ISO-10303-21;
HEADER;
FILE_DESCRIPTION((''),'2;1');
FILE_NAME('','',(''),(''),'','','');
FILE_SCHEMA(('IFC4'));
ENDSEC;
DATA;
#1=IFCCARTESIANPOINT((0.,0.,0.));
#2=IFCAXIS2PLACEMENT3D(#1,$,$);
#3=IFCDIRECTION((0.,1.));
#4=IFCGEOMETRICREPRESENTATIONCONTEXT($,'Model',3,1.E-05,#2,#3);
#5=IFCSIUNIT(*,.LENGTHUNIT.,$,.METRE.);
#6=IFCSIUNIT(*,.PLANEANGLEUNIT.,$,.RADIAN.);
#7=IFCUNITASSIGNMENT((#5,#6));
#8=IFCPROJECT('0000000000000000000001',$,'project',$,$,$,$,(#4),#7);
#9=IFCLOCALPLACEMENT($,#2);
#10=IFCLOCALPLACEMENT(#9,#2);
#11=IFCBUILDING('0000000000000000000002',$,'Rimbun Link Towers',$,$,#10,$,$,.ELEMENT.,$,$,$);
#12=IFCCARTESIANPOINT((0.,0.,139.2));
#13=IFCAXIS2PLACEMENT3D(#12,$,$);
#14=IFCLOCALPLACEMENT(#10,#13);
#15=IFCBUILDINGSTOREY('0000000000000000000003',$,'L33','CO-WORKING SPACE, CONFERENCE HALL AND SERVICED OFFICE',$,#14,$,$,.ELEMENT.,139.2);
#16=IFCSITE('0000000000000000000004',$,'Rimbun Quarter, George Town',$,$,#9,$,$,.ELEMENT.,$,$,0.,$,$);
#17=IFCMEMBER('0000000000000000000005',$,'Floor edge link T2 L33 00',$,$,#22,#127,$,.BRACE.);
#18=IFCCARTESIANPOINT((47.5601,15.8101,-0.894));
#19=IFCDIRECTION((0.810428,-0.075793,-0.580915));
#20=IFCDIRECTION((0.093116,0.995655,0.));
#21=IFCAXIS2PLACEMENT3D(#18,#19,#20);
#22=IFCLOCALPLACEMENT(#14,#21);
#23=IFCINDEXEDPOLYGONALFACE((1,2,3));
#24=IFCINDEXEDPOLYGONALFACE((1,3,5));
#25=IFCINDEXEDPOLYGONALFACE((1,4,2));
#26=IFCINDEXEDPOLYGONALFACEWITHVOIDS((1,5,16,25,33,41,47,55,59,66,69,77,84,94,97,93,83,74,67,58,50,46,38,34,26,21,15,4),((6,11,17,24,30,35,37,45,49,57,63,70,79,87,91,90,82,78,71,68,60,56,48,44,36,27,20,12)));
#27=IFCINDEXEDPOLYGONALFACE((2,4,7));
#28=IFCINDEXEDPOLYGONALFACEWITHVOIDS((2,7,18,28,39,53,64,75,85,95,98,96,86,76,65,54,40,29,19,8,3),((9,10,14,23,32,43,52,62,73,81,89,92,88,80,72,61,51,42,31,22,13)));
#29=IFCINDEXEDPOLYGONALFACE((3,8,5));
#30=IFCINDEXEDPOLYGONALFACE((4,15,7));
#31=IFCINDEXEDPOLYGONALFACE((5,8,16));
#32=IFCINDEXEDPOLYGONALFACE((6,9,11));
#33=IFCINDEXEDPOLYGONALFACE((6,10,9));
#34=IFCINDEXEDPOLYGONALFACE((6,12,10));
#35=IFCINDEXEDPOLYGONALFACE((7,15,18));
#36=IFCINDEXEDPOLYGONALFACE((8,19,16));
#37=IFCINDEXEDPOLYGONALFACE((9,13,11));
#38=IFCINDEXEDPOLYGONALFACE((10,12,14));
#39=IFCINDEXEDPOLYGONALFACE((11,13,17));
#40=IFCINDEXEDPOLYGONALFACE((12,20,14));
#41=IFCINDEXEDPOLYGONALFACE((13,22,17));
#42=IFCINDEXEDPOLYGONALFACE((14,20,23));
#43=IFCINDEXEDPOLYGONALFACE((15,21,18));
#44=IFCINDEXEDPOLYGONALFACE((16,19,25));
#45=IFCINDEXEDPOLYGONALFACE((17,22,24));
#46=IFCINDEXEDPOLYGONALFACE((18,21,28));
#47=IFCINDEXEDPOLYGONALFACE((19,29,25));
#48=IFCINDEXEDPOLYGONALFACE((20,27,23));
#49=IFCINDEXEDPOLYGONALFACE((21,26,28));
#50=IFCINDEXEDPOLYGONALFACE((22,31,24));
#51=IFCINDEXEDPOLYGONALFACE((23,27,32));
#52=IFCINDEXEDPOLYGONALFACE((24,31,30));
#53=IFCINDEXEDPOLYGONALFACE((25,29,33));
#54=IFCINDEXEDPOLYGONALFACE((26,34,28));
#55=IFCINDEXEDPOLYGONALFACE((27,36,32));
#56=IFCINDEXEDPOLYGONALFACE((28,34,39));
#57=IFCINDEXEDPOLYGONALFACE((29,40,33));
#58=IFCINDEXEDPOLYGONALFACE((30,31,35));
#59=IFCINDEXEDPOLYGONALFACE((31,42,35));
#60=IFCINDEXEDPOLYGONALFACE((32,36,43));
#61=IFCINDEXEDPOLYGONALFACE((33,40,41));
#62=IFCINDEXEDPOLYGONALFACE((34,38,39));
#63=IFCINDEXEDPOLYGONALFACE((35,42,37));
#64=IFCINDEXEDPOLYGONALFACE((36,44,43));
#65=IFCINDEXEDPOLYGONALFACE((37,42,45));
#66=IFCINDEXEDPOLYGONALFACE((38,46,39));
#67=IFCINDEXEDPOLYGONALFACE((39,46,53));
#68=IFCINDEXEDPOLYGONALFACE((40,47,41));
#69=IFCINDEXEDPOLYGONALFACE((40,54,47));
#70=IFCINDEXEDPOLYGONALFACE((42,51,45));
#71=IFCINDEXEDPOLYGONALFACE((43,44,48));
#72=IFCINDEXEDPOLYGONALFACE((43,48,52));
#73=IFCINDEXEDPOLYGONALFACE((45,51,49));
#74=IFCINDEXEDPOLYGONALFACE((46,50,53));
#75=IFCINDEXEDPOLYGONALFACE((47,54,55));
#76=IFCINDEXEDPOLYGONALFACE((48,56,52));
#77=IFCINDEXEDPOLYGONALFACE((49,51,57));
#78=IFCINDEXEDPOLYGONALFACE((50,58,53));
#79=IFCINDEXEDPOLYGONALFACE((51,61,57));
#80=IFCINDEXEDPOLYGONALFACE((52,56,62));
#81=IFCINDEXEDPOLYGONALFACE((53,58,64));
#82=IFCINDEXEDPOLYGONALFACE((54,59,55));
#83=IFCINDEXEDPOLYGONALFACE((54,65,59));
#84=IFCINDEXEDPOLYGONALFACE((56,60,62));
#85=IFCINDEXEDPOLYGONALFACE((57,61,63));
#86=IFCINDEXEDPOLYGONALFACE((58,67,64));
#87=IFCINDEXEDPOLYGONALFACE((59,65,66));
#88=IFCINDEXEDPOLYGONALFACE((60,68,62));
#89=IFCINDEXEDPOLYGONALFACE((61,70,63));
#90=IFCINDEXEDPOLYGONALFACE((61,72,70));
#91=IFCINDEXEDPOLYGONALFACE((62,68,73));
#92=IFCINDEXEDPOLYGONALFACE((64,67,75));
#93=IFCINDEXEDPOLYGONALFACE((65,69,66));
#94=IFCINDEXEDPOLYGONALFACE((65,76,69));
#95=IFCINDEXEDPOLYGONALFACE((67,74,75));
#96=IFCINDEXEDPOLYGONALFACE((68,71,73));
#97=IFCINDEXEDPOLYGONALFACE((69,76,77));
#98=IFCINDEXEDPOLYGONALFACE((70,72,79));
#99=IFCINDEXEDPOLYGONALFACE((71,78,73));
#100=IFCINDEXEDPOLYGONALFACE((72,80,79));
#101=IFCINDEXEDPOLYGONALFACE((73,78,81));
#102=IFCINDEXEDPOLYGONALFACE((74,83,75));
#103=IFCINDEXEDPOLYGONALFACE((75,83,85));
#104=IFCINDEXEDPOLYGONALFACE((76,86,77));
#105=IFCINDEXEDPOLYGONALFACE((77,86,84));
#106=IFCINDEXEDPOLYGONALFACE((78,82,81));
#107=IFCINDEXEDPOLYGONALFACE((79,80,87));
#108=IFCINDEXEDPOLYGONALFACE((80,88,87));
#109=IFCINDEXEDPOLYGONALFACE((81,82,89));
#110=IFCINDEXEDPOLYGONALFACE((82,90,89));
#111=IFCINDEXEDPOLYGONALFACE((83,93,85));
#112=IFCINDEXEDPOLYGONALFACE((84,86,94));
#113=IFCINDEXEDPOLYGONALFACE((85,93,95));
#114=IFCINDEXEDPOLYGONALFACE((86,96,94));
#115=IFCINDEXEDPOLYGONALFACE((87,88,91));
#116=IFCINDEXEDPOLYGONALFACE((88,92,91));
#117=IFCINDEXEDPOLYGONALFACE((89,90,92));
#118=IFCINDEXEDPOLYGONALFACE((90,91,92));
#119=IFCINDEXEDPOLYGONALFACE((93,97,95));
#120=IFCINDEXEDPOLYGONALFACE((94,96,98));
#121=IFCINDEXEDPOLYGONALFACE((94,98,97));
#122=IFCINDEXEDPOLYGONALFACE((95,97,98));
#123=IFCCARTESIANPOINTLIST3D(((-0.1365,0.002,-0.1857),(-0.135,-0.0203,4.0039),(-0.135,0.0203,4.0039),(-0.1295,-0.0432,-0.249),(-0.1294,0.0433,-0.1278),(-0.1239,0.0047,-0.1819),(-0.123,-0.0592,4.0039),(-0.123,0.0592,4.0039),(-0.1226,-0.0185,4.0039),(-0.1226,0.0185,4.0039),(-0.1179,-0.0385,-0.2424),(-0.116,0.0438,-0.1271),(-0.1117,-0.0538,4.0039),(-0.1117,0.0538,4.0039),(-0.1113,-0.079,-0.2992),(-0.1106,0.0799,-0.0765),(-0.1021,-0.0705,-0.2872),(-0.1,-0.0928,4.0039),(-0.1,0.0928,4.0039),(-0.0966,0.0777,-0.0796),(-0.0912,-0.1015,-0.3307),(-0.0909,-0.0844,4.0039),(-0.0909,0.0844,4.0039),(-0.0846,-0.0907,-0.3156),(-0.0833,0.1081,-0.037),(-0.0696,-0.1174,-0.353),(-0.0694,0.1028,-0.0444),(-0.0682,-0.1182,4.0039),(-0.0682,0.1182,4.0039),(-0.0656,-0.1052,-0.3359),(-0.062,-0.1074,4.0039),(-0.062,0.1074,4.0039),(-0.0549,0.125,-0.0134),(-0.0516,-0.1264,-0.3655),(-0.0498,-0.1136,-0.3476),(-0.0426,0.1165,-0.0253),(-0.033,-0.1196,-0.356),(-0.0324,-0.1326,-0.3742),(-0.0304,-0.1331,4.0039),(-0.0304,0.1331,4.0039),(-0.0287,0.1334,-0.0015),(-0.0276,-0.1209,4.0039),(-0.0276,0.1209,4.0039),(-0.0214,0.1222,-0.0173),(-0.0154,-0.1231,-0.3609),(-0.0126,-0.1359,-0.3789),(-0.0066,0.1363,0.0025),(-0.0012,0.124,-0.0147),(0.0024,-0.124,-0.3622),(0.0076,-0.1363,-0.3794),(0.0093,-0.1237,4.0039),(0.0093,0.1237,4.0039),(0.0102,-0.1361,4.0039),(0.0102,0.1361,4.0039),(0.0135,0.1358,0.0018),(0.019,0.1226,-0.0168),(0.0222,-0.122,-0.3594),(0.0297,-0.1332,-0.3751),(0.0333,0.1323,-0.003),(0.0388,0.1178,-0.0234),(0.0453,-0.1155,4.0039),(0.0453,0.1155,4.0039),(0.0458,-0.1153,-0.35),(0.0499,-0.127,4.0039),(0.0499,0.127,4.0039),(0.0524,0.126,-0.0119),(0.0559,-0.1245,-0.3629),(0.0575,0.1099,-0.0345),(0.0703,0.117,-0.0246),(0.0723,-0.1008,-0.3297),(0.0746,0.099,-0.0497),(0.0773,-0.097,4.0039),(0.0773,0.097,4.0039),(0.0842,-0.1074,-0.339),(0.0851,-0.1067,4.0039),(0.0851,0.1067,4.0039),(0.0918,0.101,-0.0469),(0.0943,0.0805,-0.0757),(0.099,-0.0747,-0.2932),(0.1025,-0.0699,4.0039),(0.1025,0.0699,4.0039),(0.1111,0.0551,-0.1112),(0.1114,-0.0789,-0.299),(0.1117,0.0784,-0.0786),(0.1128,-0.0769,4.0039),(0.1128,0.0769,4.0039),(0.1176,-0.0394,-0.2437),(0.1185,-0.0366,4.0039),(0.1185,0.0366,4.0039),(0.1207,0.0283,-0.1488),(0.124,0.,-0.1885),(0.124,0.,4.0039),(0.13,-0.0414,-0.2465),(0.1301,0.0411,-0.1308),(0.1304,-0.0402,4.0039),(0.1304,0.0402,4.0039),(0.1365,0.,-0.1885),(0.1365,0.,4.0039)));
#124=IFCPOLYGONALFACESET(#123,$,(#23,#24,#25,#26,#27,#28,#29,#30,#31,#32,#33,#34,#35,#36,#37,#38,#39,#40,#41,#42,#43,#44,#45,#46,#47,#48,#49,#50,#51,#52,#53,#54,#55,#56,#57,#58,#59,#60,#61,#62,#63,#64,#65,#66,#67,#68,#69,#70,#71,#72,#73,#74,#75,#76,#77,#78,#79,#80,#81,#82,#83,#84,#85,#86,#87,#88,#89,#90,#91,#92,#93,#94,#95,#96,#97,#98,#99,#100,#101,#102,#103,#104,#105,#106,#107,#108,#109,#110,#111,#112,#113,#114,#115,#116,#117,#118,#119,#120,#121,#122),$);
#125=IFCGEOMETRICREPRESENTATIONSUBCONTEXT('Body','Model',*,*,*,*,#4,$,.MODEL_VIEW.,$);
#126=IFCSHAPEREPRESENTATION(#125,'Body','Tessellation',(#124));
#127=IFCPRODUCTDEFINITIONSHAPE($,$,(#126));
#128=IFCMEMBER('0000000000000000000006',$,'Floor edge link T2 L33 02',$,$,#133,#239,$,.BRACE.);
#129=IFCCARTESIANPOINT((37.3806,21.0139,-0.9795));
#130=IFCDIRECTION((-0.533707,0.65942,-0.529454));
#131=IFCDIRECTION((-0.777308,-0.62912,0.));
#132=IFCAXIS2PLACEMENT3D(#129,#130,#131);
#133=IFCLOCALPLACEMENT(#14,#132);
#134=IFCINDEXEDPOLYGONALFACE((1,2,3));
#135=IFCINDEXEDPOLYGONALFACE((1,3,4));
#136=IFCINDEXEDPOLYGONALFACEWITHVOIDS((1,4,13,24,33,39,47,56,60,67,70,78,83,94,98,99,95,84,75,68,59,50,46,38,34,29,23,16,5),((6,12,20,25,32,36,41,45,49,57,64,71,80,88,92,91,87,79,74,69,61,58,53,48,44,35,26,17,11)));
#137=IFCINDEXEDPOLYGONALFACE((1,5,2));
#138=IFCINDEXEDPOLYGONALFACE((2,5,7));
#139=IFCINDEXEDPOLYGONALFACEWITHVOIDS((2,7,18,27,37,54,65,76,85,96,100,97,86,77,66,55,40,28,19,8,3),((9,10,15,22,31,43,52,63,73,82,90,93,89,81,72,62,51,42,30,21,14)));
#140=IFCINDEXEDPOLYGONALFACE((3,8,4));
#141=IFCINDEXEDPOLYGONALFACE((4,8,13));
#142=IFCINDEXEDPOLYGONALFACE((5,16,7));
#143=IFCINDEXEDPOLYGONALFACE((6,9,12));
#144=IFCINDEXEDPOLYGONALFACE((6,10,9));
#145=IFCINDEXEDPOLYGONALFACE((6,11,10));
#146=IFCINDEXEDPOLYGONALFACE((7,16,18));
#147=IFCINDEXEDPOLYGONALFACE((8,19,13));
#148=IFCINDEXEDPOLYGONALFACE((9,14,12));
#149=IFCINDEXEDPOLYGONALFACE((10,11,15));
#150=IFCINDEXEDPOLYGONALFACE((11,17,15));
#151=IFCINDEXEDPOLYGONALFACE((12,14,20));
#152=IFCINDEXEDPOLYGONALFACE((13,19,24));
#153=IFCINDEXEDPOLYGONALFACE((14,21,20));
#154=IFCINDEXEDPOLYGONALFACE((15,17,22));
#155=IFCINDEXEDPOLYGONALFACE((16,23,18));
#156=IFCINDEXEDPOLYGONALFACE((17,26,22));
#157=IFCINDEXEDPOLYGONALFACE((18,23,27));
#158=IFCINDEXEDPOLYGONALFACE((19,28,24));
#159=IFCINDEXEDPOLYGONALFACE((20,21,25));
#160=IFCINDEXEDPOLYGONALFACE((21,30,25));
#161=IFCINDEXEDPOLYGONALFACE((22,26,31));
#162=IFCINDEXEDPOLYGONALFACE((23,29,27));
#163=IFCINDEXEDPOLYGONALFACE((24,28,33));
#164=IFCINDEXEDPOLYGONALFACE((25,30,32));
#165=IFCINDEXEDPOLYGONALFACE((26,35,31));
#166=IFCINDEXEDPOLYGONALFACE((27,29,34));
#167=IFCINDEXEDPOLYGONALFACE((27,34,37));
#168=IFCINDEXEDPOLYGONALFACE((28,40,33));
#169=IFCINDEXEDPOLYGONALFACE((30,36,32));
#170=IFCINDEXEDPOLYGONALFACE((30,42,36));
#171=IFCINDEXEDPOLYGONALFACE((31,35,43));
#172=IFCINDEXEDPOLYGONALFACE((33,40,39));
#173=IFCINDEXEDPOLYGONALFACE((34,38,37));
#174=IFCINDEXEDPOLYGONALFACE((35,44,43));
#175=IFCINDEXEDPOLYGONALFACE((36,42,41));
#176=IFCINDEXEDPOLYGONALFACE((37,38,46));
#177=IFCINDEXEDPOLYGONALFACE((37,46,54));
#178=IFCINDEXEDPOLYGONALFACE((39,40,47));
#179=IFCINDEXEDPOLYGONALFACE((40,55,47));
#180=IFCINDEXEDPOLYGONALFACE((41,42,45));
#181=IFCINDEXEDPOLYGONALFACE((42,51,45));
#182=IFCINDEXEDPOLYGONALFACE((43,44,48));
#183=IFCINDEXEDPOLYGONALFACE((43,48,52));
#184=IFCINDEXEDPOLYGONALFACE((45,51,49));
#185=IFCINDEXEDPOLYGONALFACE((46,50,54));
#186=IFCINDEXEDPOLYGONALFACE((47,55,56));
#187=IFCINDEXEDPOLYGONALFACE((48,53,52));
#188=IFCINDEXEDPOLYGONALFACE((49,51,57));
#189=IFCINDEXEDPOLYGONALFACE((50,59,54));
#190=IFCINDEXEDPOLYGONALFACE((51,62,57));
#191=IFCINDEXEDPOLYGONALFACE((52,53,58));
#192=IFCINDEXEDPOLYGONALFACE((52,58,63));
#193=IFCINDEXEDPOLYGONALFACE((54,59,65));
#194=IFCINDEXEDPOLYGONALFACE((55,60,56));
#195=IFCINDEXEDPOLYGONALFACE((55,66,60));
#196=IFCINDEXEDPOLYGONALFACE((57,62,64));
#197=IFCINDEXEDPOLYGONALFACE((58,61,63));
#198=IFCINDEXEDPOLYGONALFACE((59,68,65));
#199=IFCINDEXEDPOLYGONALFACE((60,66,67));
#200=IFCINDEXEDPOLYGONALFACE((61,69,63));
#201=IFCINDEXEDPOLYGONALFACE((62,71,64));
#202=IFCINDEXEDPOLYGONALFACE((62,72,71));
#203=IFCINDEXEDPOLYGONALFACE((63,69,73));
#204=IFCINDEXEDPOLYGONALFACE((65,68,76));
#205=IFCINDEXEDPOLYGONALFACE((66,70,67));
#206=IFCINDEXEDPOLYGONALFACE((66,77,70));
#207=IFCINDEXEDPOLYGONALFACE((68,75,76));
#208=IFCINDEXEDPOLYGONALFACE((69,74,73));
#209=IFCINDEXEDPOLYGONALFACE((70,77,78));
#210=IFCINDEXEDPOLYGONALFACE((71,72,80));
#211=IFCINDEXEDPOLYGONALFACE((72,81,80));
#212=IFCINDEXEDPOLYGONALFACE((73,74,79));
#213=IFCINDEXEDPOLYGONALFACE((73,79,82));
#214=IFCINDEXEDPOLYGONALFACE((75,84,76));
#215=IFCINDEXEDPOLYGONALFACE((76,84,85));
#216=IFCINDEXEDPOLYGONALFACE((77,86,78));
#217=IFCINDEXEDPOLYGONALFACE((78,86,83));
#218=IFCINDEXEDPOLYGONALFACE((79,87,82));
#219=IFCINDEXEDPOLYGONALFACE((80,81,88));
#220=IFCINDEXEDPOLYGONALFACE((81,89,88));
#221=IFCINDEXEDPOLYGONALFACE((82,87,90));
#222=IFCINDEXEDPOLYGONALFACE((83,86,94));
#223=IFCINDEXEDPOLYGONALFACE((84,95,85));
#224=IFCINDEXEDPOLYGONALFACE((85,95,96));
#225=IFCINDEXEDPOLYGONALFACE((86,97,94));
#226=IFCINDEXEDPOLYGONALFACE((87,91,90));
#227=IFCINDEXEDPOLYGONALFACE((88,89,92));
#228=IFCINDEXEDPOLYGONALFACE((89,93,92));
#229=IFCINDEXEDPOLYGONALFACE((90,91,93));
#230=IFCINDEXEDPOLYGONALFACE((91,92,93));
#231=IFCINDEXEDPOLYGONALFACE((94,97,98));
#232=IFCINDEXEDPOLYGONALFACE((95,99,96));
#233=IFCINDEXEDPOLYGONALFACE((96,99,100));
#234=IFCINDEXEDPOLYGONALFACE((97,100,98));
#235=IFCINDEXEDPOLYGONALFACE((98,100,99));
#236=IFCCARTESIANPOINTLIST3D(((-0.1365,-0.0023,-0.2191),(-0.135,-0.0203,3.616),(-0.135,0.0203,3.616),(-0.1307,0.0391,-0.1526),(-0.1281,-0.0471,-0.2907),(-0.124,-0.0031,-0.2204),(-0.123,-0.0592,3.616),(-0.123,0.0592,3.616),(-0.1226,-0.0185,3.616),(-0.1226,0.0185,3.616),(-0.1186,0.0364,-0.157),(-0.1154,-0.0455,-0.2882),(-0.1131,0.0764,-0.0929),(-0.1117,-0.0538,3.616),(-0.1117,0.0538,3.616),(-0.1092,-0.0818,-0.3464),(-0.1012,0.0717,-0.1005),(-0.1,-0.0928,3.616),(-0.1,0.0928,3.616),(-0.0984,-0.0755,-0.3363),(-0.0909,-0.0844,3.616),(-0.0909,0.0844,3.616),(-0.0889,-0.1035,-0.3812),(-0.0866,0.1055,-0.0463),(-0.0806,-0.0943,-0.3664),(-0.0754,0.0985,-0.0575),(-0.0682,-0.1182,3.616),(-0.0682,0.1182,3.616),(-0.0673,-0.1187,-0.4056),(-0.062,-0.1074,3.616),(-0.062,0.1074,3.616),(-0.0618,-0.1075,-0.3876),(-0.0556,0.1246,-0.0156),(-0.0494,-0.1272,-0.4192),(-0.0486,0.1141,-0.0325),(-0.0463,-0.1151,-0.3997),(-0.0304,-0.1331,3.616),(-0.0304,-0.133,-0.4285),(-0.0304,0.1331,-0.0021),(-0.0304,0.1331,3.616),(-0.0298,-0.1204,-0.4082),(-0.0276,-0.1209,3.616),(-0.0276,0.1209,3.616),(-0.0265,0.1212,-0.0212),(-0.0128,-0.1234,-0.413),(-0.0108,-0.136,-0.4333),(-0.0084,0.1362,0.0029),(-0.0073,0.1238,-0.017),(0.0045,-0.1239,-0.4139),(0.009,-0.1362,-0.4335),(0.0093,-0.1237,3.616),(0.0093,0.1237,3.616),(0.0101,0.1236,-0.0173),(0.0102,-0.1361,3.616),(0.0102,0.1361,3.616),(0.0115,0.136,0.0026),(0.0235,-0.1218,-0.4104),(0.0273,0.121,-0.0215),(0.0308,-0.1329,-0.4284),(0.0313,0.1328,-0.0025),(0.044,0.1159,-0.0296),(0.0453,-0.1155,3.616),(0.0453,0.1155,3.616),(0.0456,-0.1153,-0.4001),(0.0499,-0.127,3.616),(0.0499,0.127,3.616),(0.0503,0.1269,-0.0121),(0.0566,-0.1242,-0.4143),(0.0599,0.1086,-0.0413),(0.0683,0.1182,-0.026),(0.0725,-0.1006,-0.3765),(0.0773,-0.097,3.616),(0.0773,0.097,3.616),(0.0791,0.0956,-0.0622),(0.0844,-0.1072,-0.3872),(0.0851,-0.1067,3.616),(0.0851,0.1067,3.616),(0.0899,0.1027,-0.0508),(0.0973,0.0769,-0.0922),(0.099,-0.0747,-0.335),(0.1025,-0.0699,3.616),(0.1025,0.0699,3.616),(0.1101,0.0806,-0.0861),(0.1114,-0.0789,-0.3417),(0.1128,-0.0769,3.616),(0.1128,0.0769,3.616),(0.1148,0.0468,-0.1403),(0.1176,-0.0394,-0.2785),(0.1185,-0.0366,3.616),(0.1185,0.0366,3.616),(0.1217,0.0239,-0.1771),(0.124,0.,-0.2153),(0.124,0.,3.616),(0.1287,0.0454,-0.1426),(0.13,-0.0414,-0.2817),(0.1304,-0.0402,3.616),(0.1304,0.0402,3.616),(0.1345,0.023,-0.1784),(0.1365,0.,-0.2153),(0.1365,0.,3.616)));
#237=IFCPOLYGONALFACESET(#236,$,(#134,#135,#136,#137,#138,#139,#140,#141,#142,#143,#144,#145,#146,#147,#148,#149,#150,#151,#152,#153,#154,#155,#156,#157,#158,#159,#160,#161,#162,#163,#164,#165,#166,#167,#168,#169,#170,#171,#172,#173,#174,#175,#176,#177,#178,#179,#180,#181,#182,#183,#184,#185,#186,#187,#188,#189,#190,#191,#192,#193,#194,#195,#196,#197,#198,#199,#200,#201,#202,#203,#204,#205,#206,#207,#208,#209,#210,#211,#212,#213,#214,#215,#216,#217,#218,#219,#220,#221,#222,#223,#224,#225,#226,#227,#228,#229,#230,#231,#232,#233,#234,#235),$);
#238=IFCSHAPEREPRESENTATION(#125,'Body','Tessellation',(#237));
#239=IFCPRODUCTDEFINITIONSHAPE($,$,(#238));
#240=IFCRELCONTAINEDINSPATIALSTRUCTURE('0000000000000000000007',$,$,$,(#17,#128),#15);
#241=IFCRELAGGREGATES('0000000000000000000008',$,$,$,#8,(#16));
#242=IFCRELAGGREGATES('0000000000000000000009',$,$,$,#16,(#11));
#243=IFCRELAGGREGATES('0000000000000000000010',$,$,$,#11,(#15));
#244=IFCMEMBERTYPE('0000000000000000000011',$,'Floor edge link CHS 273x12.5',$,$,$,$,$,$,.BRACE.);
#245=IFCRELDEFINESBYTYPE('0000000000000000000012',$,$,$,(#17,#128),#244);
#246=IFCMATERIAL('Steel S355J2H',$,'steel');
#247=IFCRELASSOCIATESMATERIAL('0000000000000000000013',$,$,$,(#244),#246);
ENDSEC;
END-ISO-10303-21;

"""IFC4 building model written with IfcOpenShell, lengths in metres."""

from ifc_helpers import new_model, si_unit, direction, frame, origin, origin_2d, place, context, subcontext, project, spatial, hollow_circle, extrude, clip, halfspace, material, material_profile, profile_set, type_object, element, save


model = new_model("IFC4")

# Units and contexts
model_context = context("Model", 3, precision=1e-05, world=origin(), true_north=direction((0.0, 1.0)))
body_context = subcontext(model_context, "Body", "Model", "MODEL_VIEW")
ifc_project = project(units=[si_unit("LENGTHUNIT", "METRE"), si_unit("PLANEANGLEUNIT", "RADIAN")], contexts=[model_context])

# Site, building, storey
site_placement = place(None, origin())
site = spatial("IfcSite", under=ifc_project, at=site_placement, Name="Rimbun Quarter, George Town", CompositionType="ELEMENT", RefElevation=0.0)
building_placement = place(site_placement, origin())
building = spatial("IfcBuilding", under=site, at=building_placement, Name="Rimbun Link Towers", CompositionType="ELEMENT")
storey_placement = place(building_placement, frame((0.0, 0.0, 139.2)))
storey = spatial("IfcBuildingStorey", under=building, at=storey_placement, Name="L33", Description="CO-WORKING SPACE, CONFERENCE HALL AND SERVICED OFFICE", CompositionType="ELEMENT", Elevation=139.2)

# Members
ifc_material_1 = material(Name="Steel S355J2H", Category="steel")
ifc_material_profile_1 = material_profile(ifc_material_1, hollow_circle(Radius=0.1365, WallThickness=0.0125, at=origin_2d()), Name="CHS 273x12.5")
ifc_profile_set_1 = profile_set([ifc_material_profile_1], Name="Steel S355J2H")
member_type_1 = type_object("IfcMemberType", Name="Floor edge link CHS 273x12.5", PredefinedType="BRACE", material=ifc_profile_set_1)
member_1_placement = place(storey_placement, frame((47.5601, 15.8101, -0.894), z_axis=(0.810428, -0.075793, -0.580915), x_axis=(0.093116, 0.995655, 0.0)))
element("IfcMember", 1, at=member_1_placement, inside=storey, type_object=member_type_1, Name="Floor edge link T2 L33 00", PredefinedType="BRACE", context=body_context, shape_type="Clipping", body=[
    clip(extrude(hollow_circle(Radius=0.1365, WallThickness=0.0125, at=origin_2d()), frame((0.0, 0.0, -0.3999)), (0.0, 0.0, 1.0), 4.4038), halfspace(frame((0.0, 0.0, -0.1885), z_axis=(0.0, 0.813964, -0.580915)), False)),
])
member_2_placement = place(storey_placement, frame((37.3806, 21.0139, -0.9795), z_axis=(-0.533707, 0.65942, -0.529454), x_axis=(-0.777308, -0.62912, 0.0)))
element("IfcMember", 2, at=member_2_placement, inside=storey, type_object=member_type_1, Name="Floor edge link T2 L33 02", PredefinedType="BRACE", context=body_context, shape_type="Clipping", body=[
    clip(extrude(hollow_circle(Radius=0.1365, WallThickness=0.0125, at=origin_2d()), frame((0.0, 0.0, -0.4563)), (0.0, 0.0, 1.0), 4.0723), halfspace(frame((0.0, 0.0, -0.2153), z_axis=(0.0, 0.848339, -0.529454)), False)),
])

save(model, "model.ifc")
